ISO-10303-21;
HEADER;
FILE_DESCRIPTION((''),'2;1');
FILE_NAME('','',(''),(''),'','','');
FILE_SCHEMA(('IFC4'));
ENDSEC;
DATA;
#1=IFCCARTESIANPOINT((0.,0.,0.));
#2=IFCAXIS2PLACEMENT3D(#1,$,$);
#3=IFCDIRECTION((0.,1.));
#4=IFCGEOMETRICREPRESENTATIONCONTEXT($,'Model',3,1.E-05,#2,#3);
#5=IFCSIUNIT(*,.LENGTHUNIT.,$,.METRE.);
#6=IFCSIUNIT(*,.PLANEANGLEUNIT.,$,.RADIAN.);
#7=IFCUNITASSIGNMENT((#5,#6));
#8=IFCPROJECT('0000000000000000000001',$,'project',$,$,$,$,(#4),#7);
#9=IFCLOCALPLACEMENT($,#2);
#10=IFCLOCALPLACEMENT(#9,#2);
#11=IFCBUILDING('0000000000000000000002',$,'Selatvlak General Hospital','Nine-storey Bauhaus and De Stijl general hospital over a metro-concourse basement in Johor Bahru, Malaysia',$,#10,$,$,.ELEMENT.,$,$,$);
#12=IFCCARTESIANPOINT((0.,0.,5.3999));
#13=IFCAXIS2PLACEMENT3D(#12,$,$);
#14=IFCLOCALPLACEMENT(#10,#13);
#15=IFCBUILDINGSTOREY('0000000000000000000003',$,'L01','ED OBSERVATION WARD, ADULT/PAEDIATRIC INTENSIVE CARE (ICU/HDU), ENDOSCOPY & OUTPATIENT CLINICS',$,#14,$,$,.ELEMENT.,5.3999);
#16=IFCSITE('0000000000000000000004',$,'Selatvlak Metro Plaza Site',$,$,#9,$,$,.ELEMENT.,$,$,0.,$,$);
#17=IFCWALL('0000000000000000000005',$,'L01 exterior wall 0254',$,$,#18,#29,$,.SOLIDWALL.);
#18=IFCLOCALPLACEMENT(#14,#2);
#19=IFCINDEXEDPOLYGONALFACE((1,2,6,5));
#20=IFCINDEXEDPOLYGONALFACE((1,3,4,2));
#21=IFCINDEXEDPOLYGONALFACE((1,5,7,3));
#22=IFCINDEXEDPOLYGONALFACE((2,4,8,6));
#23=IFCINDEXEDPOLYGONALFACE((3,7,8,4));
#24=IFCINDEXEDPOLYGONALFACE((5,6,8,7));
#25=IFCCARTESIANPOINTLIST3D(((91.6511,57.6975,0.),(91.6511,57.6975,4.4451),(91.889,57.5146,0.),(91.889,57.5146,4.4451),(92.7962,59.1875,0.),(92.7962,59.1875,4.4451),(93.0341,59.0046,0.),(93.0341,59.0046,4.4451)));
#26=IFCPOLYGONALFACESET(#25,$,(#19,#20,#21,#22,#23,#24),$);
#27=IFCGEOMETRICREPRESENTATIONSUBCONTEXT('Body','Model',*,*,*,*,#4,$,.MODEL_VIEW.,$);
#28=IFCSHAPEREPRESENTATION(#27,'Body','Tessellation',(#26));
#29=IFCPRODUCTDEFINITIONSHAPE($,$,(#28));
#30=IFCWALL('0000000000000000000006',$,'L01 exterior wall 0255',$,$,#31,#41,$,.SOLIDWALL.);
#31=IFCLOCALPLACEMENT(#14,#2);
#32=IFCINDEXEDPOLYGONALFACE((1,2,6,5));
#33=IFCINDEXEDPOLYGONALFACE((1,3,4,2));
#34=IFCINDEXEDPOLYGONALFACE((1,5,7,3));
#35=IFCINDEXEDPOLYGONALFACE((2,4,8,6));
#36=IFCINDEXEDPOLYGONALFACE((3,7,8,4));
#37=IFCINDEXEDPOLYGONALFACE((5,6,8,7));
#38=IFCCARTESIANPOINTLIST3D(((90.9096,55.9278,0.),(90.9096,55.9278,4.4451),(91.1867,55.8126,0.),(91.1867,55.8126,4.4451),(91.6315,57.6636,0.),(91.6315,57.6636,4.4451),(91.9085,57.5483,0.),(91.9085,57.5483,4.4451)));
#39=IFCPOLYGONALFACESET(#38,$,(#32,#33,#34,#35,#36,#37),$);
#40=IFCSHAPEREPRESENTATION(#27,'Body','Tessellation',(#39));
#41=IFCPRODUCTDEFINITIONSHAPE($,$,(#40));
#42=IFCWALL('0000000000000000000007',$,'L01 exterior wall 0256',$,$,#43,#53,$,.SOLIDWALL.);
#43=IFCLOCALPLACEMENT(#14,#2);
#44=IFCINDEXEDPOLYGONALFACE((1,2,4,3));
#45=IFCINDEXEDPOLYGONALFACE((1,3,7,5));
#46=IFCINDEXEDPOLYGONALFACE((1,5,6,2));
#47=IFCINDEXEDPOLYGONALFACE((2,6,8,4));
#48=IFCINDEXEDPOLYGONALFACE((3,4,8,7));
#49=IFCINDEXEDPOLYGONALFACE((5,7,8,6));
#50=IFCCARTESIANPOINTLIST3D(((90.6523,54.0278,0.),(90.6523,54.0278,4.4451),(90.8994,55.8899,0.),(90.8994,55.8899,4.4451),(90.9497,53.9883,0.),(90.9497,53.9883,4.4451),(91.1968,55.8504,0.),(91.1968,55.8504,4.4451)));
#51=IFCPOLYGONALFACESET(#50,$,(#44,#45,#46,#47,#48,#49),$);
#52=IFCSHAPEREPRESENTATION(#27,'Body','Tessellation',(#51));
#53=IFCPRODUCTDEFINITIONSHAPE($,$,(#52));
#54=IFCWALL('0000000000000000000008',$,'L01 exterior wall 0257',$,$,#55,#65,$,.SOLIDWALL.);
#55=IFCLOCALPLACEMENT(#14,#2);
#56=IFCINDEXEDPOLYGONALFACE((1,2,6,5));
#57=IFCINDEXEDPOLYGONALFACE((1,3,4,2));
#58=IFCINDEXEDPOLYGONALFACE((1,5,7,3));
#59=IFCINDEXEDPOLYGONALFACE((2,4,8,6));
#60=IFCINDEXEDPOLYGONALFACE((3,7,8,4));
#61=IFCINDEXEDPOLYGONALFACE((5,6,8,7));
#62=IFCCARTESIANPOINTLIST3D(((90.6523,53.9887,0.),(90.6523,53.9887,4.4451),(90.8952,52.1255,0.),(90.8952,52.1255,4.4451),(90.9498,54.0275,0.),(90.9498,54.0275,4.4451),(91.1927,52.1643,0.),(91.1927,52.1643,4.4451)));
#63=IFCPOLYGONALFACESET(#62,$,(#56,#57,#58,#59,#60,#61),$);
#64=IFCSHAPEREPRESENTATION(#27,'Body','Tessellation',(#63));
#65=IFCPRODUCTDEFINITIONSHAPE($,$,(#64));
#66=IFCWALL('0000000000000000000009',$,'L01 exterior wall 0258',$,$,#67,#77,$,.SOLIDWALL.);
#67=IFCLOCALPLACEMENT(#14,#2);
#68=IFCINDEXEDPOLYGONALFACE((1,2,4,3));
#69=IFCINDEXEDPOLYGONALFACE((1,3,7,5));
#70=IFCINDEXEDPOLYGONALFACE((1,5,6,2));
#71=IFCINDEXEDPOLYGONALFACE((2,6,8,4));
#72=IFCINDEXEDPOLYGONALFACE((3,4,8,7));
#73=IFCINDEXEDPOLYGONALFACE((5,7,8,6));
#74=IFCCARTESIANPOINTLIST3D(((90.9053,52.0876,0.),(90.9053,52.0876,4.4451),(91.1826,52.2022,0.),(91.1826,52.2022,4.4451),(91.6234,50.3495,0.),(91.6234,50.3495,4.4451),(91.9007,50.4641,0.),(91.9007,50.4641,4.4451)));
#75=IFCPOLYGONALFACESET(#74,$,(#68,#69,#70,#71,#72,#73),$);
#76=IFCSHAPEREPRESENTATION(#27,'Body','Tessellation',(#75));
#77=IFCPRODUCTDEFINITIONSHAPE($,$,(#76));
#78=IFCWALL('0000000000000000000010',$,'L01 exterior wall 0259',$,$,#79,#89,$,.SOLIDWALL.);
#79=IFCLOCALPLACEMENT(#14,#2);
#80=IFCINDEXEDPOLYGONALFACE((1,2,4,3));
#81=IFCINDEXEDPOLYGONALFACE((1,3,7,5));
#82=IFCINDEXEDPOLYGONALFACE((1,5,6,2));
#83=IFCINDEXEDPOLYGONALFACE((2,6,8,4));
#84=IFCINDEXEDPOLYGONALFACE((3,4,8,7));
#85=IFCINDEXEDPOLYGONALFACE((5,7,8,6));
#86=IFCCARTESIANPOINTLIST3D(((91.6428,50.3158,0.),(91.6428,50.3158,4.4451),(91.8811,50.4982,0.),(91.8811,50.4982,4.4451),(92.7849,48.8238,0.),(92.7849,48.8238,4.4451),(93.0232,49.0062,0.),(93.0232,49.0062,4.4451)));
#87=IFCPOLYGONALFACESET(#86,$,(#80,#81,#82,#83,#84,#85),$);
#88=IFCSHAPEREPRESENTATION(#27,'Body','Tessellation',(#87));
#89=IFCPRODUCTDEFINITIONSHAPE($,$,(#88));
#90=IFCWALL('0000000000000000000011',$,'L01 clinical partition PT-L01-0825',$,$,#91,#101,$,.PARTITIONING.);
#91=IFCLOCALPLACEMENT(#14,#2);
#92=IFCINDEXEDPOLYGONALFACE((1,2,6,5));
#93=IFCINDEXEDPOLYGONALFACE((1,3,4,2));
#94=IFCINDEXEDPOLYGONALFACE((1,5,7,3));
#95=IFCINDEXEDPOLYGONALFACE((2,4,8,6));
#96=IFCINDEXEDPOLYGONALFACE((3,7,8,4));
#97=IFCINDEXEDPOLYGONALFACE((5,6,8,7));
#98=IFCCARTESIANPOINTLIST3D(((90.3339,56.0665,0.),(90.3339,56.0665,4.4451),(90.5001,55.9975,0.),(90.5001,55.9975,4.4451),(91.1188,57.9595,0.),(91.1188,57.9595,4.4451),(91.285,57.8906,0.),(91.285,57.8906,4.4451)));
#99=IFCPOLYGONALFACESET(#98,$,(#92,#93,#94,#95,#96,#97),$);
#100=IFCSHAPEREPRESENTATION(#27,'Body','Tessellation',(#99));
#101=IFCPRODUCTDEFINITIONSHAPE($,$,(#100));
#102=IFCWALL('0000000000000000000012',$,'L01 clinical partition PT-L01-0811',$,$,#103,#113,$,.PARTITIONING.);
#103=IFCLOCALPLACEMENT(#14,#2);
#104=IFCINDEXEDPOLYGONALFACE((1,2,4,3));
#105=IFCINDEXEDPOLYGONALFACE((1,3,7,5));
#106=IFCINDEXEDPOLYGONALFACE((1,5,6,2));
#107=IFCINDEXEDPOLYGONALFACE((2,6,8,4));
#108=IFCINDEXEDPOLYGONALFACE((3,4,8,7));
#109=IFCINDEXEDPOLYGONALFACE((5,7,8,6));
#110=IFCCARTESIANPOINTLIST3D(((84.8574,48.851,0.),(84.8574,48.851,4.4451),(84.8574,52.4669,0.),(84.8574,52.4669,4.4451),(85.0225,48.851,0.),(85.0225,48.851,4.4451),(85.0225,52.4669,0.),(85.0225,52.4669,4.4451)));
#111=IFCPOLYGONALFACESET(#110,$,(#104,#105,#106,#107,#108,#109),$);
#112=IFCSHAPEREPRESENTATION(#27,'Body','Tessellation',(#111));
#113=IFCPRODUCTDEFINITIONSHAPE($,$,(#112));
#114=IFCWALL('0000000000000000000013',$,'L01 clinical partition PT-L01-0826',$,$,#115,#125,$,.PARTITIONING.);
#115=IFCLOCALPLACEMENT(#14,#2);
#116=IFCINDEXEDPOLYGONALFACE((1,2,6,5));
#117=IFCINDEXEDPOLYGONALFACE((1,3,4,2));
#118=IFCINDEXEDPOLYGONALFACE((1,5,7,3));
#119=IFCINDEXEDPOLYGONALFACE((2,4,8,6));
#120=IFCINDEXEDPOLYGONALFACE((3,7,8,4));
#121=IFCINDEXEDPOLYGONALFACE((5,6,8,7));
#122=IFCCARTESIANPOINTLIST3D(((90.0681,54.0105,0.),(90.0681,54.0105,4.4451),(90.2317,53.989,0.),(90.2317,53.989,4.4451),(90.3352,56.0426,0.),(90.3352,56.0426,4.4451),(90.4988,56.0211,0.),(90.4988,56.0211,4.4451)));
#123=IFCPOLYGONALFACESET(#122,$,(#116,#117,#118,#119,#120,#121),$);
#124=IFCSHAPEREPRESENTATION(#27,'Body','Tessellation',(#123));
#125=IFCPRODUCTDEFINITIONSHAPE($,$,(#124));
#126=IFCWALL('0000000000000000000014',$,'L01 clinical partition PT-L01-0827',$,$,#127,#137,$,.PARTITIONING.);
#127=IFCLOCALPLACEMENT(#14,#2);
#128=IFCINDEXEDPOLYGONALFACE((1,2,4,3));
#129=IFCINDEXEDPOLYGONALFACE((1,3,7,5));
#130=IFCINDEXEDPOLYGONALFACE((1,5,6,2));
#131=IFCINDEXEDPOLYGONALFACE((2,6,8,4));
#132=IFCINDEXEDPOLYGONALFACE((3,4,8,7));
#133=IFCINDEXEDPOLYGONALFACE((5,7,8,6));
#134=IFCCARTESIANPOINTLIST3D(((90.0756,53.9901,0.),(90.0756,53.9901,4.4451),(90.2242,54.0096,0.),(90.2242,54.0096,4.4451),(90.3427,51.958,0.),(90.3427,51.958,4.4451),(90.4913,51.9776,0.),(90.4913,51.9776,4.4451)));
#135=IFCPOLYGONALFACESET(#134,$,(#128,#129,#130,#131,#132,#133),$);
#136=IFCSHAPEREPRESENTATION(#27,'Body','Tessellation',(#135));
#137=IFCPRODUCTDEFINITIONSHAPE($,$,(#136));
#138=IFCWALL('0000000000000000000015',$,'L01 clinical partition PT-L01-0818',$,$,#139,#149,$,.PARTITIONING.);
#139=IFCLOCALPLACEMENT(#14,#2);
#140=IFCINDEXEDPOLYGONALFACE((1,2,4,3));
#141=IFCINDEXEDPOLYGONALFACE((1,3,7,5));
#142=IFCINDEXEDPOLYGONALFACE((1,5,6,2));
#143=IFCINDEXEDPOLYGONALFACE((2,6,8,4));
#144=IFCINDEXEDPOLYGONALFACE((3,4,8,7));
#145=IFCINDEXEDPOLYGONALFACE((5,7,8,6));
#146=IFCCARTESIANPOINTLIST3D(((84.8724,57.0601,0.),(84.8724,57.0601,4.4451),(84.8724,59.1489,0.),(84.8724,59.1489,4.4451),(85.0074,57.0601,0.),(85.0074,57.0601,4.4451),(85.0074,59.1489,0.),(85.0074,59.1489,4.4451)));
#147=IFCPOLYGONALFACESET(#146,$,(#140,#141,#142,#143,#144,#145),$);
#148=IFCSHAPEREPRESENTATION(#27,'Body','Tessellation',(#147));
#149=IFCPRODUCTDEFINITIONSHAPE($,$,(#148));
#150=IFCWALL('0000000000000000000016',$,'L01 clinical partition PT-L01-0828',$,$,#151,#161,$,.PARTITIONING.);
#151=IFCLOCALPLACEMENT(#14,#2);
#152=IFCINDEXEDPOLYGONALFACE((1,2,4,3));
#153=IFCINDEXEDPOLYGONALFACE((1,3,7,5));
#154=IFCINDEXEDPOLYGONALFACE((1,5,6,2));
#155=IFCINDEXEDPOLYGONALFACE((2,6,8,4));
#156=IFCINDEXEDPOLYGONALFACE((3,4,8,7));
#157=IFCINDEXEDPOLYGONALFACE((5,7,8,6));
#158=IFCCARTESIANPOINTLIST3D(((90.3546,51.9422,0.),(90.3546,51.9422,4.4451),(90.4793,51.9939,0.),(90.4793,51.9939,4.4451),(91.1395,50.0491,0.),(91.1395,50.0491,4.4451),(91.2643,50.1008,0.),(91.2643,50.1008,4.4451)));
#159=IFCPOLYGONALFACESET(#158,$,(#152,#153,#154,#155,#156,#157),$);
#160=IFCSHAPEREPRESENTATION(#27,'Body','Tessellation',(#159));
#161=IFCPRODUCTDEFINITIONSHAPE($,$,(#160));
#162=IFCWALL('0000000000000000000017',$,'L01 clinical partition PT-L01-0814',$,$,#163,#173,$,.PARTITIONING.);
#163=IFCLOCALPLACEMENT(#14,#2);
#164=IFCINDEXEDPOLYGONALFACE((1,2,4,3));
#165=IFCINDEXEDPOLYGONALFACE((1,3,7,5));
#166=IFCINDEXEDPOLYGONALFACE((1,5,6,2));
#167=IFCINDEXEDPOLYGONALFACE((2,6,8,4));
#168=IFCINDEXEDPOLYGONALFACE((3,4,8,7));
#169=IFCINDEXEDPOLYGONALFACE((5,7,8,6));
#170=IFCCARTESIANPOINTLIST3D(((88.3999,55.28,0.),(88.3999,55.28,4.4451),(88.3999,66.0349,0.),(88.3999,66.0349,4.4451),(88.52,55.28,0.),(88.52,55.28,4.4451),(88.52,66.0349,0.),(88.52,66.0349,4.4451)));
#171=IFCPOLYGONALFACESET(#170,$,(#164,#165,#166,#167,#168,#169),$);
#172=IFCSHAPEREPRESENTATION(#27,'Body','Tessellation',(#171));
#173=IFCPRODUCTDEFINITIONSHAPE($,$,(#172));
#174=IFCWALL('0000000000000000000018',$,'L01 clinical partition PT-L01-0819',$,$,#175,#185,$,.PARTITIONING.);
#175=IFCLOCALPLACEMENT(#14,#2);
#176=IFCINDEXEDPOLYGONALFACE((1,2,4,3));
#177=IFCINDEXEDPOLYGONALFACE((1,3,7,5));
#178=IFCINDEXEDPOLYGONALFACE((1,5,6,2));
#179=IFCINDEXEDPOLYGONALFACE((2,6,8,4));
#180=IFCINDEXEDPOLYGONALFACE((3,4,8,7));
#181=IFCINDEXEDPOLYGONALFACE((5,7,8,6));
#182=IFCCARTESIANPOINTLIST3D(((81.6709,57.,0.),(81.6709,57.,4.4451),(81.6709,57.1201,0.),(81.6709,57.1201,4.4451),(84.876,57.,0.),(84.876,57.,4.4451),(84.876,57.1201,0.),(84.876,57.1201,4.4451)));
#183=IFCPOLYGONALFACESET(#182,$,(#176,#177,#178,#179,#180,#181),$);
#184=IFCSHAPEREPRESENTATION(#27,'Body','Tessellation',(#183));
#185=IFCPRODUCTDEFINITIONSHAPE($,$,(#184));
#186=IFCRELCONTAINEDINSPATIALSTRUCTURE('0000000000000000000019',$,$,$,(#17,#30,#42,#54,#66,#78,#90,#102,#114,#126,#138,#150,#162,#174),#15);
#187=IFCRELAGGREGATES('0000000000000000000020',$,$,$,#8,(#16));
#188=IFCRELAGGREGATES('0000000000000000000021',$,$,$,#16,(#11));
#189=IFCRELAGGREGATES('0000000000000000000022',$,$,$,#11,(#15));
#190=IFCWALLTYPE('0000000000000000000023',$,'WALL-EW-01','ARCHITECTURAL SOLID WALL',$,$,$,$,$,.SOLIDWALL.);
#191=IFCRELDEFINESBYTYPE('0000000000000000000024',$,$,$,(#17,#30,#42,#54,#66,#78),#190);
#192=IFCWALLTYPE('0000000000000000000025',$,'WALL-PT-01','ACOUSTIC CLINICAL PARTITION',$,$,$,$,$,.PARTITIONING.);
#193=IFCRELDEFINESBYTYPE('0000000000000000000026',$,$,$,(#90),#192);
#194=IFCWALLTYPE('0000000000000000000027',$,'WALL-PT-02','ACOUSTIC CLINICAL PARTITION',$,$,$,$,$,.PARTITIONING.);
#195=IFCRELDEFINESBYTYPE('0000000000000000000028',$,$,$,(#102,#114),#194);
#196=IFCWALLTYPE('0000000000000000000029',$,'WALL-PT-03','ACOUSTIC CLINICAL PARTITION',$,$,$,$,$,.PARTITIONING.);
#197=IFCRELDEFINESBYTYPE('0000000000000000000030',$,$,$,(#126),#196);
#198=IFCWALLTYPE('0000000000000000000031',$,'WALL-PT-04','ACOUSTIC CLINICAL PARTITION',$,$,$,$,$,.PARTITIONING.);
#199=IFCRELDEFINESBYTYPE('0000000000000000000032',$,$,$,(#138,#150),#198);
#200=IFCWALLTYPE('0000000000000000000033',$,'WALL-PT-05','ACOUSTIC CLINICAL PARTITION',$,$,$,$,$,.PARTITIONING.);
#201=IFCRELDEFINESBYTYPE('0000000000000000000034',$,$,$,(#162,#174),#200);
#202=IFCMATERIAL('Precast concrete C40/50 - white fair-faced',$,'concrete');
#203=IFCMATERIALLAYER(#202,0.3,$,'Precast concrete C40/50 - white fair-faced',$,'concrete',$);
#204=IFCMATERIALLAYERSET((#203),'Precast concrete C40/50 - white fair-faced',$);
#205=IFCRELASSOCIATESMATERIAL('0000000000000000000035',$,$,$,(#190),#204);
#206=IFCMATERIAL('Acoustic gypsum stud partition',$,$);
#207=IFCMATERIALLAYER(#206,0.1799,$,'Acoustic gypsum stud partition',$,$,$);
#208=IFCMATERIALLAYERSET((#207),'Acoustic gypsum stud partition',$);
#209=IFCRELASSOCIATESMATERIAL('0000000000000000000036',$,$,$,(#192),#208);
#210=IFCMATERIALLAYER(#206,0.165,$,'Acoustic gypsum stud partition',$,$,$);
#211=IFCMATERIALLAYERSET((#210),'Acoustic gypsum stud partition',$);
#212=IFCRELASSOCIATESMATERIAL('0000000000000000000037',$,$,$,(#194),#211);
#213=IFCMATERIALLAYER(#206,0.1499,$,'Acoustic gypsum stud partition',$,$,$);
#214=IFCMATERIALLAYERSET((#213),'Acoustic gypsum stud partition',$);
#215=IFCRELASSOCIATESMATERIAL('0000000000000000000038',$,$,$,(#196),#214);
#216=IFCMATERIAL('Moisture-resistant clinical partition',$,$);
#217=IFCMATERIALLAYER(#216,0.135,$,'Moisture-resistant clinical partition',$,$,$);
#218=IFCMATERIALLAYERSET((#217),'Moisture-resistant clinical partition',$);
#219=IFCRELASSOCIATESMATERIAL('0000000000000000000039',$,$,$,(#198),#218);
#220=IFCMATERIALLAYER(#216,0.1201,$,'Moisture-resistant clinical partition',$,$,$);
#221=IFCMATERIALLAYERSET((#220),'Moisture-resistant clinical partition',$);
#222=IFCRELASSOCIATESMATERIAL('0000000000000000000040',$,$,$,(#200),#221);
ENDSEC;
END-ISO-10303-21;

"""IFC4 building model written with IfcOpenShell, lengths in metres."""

from ifc_helpers import new_model, si_unit, direction, frame, frame_2d, origin, place, context, subcontext, project, spatial, rectangle, extrude, material, layer, layer_set, type_object, element, save


model = new_model("IFC4")

# Units and contexts
model_context = context("Model", 3, precision=1e-05, world=origin(), true_north=direction((0.0, 1.0)))
body_context = subcontext(model_context, "Body", "Model", "MODEL_VIEW")
ifc_project = project(units=[si_unit("LENGTHUNIT", "METRE"), si_unit("PLANEANGLEUNIT", "RADIAN")], contexts=[model_context])

# Site, building, storey
site_placement = place(None, origin())
site = spatial("IfcSite", under=ifc_project, at=site_placement, Name="Selatvlak Metro Plaza Site", CompositionType="ELEMENT", RefElevation=0.0)
building_placement = place(site_placement, origin())
building = spatial("IfcBuilding", under=site, at=building_placement, Name="Selatvlak General Hospital", Description="Nine-storey Bauhaus and De Stijl general hospital over a metro-concourse basement in Johor Bahru, Malaysia", CompositionType="ELEMENT")
storey_placement = place(building_placement, frame((0.0, 0.0, 5.3999)))
storey = spatial("IfcBuildingStorey", under=building, at=storey_placement, Name="L01", Description="ED OBSERVATION WARD, ADULT/PAEDIATRIC INTENSIVE CARE (ICU/HDU), ENDOSCOPY & OUTPATIENT CLINICS", CompositionType="ELEMENT", Elevation=5.3999)

# Walls
ifc_material_1 = material(Name="Precast concrete C40/50 - white fair-faced", Category="concrete")
ifc_layer_1 = layer(ifc_material_1, 0.3, Name="Precast concrete C40/50 - white fair-faced", Category="concrete")
ifc_layer_set_1 = layer_set([ifc_layer_1], Name="Precast concrete C40/50 - white fair-faced")
wall_type_1 = type_object("IfcWallType", Name="WALL-EW-01", Description="ARCHITECTURAL SOLID WALL", PredefinedType="SOLIDWALL", material=ifc_layer_set_1)
wall_1_placement = place(storey_placement, frame((92.915, 59.0959, 0.0), z_axis=(0.0, 0.0, 1.0), x_axis=(-0.609334, -0.792914, 0.0)))
element("IfcWall", 1, at=wall_1_placement, inside=storey, type_object=wall_type_1, Name="L01 exterior wall 0254", PredefinedType="SOLIDWALL", context=body_context, shape_type="SweptSolid", body=[
    extrude(rectangle(XDim=1.8792, YDim=0.3, at=frame_2d((0.9395, 0.0))), origin(), (0.0, 0.0, 1.0), 4.4451),
])
wall_2_placement = place(storey_placement, frame((91.77, 57.606, 0.0), z_axis=(0.0, 0.0, 1.0), x_axis=(-0.384007, -0.92333, 0.0)))
element("IfcWall", 2, at=wall_2_placement, inside=storey, type_object=wall_type_1, Name="L01 exterior wall 0255", PredefinedType="SOLIDWALL", context=body_context, shape_type="SweptSolid", body=[
    extrude(rectangle(XDim=1.8799, YDim=0.3, at=frame_2d((0.9399, 0.0))), origin(), (0.0, 0.0, 1.0), 4.4451),
])
wall_3_placement = place(storey_placement, frame((91.0481, 55.8701, 0.0), z_axis=(0.0, 0.0, 1.0), x_axis=(-0.131534, -0.991312, 0.0)))
element("IfcWall", 3, at=wall_3_placement, inside=storey, type_object=wall_type_1, Name="L01 exterior wall 0256", PredefinedType="SOLIDWALL", context=body_context, shape_type="SweptSolid", body=[
    extrude(rectangle(XDim=1.8784, YDim=0.3, at=frame_2d((0.9392, 0.0))), origin(), (0.0, 0.0, 1.0), 4.4451),
])
wall_4_placement = place(storey_placement, frame((90.801, 54.0081, 0.0), z_axis=(0.0, 0.0, 1.0), x_axis=(0.129295, -0.991606, 0.0)))
element("IfcWall", 4, at=wall_4_placement, inside=storey, type_object=wall_type_1, Name="L01 exterior wall 0257", PredefinedType="SOLIDWALL", context=body_context, shape_type="SweptSolid", body=[
    extrude(rectangle(XDim=1.8789, YDim=0.3, at=frame_2d((0.9395, 0.0))), origin(), (0.0, 0.0, 1.0), 4.4451),
])
wall_5_placement = place(storey_placement, frame((91.0439, 52.145, 0.0), z_axis=(0.0, 0.0, 1.0), x_axis=(0.38182, -0.924237, 0.0)))
element("IfcWall", 5, at=wall_5_placement, inside=storey, type_object=wall_type_1, Name="L01 exterior wall 0258", PredefinedType="SOLIDWALL", context=body_context, shape_type="SweptSolid", body=[
    extrude(rectangle(XDim=1.8806, YDim=0.3, at=frame_2d((0.9404, 0.0))), origin(), (0.0, 0.0, 1.0), 4.4451),
])
wall_6_placement = place(storey_placement, frame((91.762, 50.407, 0.0), z_axis=(0.0, 0.0, 1.0), x_axis=(0.60785, -0.794052, 0.0)))
element("IfcWall", 6, at=wall_6_placement, inside=storey, type_object=wall_type_1, Name="L01 exterior wall 0259", PredefinedType="SOLIDWALL", context=body_context, shape_type="SweptSolid", body=[
    extrude(rectangle(XDim=1.8789, YDim=0.3, at=frame_2d((0.9395, 0.0))), origin(), (0.0, 0.0, 1.0), 4.4451),
])
ifc_material_2 = material(Name="Acoustic gypsum stud partition")
ifc_layer_2 = layer(ifc_material_2, 0.1799, Name="Acoustic gypsum stud partition")
ifc_layer_set_2 = layer_set([ifc_layer_2], Name="Acoustic gypsum stud partition")
wall_type_2 = type_object("IfcWallType", Name="WALL-PT-01", Description="ACOUSTIC CLINICAL PARTITION", PredefinedType="PARTITIONING", material=ifc_layer_set_2)
wall_7_placement = place(storey_placement, frame((91.2019, 57.925, 0.0), z_axis=(0.0, 0.0, 1.0), x_axis=(-0.383008, -0.923745, 0.0)))
element("IfcWall", 7, at=wall_7_placement, inside=storey, type_object=wall_type_2, Name="L01 clinical partition PT-L01-0825", PredefinedType="PARTITIONING", context=body_context, shape_type="SweptSolid", body=[
    extrude(rectangle(XDim=2.0493, YDim=0.1799, at=frame_2d((1.0247, 0.0))), origin(), (0.0, 0.0, 1.0), 4.4451),
])
ifc_layer_3 = layer(ifc_material_2, 0.165, Name="Acoustic gypsum stud partition")
ifc_layer_set_3 = layer_set([ifc_layer_3], Name="Acoustic gypsum stud partition")
wall_type_3 = type_object("IfcWallType", Name="WALL-PT-02", Description="ACOUSTIC CLINICAL PARTITION", PredefinedType="PARTITIONING", material=ifc_layer_set_3)
wall_8_placement = place(storey_placement, frame((84.9399, 52.467, 0.0), z_axis=(0.0, 0.0, 1.0), x_axis=(0.0, -1.0, 0.0)))
element("IfcWall", 8, at=wall_8_placement, inside=storey, type_object=wall_type_3, Name="L01 clinical partition PT-L01-0811", PredefinedType="PARTITIONING", context=body_context, shape_type="SweptSolid", body=[
    extrude(rectangle(XDim=3.616, YDim=0.165, at=frame_2d((1.8081, 0.0))), origin(), (0.0, 0.0, 1.0), 4.4451),
])
wall_9_placement = place(storey_placement, frame((90.417, 56.032, 0.0), z_axis=(0.0, 0.0, 1.0), x_axis=(-0.130322, -0.991472, 0.0)))
element("IfcWall", 9, at=wall_9_placement, inside=storey, type_object=wall_type_3, Name="L01 clinical partition PT-L01-0826", PredefinedType="PARTITIONING", context=body_context, shape_type="SweptSolid", body=[
    extrude(rectangle(XDim=2.0496, YDim=0.165, at=frame_2d((1.0249, 0.0))), origin(), (0.0, 0.0, 1.0), 4.4451),
])
ifc_layer_4 = layer(ifc_material_2, 0.1499, Name="Acoustic gypsum stud partition")
ifc_layer_set_4 = layer_set([ifc_layer_4], Name="Acoustic gypsum stud partition")
wall_type_4 = type_object("IfcWallType", Name="WALL-PT-03", Description="ACOUSTIC CLINICAL PARTITION", PredefinedType="PARTITIONING", material=ifc_layer_set_4)
wall_10_placement = place(storey_placement, frame((90.1499, 54.0, 0.0), z_axis=(0.0, 0.0, 1.0), x_axis=(0.130322, -0.991472, 0.0)))
element("IfcWall", 10, at=wall_10_placement, inside=storey, type_object=wall_type_4, Name="L01 clinical partition PT-L01-0827", PredefinedType="PARTITIONING", context=body_context, shape_type="SweptSolid", body=[
    extrude(rectangle(XDim=2.0496, YDim=0.1499, at=frame_2d((1.0249, 0.0))), origin(), (0.0, 0.0, 1.0), 4.4451),
])
ifc_material_3 = material(Name="Moisture-resistant clinical partition")
ifc_layer_5 = layer(ifc_material_3, 0.135, Name="Moisture-resistant clinical partition")
ifc_layer_set_5 = layer_set([ifc_layer_5], Name="Moisture-resistant clinical partition")
wall_type_5 = type_object("IfcWallType", Name="WALL-PT-04", Description="ACOUSTIC CLINICAL PARTITION", PredefinedType="PARTITIONING", material=ifc_layer_set_5)
wall_11_placement = place(storey_placement, frame((84.9399, 59.1489, 0.0), z_axis=(0.0, 0.0, 1.0), x_axis=(0.0, -1.0, 0.0)))
element("IfcWall", 11, at=wall_11_placement, inside=storey, type_object=wall_type_5, Name="L01 clinical partition PT-L01-0818", PredefinedType="PARTITIONING", context=body_context, shape_type="SweptSolid", body=[
    extrude(rectangle(XDim=2.0889, YDim=0.135, at=frame_2d((1.0444, 0.0))), origin(), (0.0, 0.0, 1.0), 4.4451),
])
wall_12_placement = place(storey_placement, frame((90.417, 51.968, 0.0), z_axis=(0.0, 0.0, 1.0), x_axis=(0.383008, -0.923745, 0.0)))
element("IfcWall", 12, at=wall_12_placement, inside=storey, type_object=wall_type_5, Name="L01 clinical partition PT-L01-0828", PredefinedType="PARTITIONING", context=body_context, shape_type="SweptSolid", body=[
    extrude(rectangle(XDim=2.0493, YDim=0.135, at=frame_2d((1.0247, 0.0))), origin(), (0.0, 0.0, 1.0), 4.4451),
])
ifc_layer_6 = layer(ifc_material_3, 0.1201, Name="Moisture-resistant clinical partition")
ifc_layer_set_6 = layer_set([ifc_layer_6], Name="Moisture-resistant clinical partition")
wall_type_6 = type_object("IfcWallType", Name="WALL-PT-05", Description="ACOUSTIC CLINICAL PARTITION", PredefinedType="PARTITIONING", material=ifc_layer_set_6)
wall_13_placement = place(storey_placement, frame((88.46, 55.28, 0.0), z_axis=(0.0, 0.0, 1.0), x_axis=(0.0, 1.0, 0.0)))
element("IfcWall", 13, at=wall_13_placement, inside=storey, type_object=wall_type_6, Name="L01 clinical partition PT-L01-0814", PredefinedType="PARTITIONING", context=body_context, shape_type="SweptSolid", body=[
    extrude(rectangle(XDim=10.7549, YDim=0.1201, at=frame_2d((5.3774, 0.0))), origin(), (0.0, 0.0, 1.0), 4.4451),
])
wall_14_placement = place(storey_placement, frame((84.876, 57.0601, 0.0), z_axis=(0.0, 0.0, 1.0), x_axis=(-1.0, 0.0, 0.0)))
element("IfcWall", 14, at=wall_14_placement, inside=storey, type_object=wall_type_6, Name="L01 clinical partition PT-L01-0819", PredefinedType="PARTITIONING", context=body_context, shape_type="SweptSolid", body=[
    extrude(rectangle(XDim=3.2051, YDim=0.1201, at=frame_2d((1.6025, 0.0))), origin(), (0.0, 0.0, 1.0), 4.4451),
])

save(model, "model.ifc")
